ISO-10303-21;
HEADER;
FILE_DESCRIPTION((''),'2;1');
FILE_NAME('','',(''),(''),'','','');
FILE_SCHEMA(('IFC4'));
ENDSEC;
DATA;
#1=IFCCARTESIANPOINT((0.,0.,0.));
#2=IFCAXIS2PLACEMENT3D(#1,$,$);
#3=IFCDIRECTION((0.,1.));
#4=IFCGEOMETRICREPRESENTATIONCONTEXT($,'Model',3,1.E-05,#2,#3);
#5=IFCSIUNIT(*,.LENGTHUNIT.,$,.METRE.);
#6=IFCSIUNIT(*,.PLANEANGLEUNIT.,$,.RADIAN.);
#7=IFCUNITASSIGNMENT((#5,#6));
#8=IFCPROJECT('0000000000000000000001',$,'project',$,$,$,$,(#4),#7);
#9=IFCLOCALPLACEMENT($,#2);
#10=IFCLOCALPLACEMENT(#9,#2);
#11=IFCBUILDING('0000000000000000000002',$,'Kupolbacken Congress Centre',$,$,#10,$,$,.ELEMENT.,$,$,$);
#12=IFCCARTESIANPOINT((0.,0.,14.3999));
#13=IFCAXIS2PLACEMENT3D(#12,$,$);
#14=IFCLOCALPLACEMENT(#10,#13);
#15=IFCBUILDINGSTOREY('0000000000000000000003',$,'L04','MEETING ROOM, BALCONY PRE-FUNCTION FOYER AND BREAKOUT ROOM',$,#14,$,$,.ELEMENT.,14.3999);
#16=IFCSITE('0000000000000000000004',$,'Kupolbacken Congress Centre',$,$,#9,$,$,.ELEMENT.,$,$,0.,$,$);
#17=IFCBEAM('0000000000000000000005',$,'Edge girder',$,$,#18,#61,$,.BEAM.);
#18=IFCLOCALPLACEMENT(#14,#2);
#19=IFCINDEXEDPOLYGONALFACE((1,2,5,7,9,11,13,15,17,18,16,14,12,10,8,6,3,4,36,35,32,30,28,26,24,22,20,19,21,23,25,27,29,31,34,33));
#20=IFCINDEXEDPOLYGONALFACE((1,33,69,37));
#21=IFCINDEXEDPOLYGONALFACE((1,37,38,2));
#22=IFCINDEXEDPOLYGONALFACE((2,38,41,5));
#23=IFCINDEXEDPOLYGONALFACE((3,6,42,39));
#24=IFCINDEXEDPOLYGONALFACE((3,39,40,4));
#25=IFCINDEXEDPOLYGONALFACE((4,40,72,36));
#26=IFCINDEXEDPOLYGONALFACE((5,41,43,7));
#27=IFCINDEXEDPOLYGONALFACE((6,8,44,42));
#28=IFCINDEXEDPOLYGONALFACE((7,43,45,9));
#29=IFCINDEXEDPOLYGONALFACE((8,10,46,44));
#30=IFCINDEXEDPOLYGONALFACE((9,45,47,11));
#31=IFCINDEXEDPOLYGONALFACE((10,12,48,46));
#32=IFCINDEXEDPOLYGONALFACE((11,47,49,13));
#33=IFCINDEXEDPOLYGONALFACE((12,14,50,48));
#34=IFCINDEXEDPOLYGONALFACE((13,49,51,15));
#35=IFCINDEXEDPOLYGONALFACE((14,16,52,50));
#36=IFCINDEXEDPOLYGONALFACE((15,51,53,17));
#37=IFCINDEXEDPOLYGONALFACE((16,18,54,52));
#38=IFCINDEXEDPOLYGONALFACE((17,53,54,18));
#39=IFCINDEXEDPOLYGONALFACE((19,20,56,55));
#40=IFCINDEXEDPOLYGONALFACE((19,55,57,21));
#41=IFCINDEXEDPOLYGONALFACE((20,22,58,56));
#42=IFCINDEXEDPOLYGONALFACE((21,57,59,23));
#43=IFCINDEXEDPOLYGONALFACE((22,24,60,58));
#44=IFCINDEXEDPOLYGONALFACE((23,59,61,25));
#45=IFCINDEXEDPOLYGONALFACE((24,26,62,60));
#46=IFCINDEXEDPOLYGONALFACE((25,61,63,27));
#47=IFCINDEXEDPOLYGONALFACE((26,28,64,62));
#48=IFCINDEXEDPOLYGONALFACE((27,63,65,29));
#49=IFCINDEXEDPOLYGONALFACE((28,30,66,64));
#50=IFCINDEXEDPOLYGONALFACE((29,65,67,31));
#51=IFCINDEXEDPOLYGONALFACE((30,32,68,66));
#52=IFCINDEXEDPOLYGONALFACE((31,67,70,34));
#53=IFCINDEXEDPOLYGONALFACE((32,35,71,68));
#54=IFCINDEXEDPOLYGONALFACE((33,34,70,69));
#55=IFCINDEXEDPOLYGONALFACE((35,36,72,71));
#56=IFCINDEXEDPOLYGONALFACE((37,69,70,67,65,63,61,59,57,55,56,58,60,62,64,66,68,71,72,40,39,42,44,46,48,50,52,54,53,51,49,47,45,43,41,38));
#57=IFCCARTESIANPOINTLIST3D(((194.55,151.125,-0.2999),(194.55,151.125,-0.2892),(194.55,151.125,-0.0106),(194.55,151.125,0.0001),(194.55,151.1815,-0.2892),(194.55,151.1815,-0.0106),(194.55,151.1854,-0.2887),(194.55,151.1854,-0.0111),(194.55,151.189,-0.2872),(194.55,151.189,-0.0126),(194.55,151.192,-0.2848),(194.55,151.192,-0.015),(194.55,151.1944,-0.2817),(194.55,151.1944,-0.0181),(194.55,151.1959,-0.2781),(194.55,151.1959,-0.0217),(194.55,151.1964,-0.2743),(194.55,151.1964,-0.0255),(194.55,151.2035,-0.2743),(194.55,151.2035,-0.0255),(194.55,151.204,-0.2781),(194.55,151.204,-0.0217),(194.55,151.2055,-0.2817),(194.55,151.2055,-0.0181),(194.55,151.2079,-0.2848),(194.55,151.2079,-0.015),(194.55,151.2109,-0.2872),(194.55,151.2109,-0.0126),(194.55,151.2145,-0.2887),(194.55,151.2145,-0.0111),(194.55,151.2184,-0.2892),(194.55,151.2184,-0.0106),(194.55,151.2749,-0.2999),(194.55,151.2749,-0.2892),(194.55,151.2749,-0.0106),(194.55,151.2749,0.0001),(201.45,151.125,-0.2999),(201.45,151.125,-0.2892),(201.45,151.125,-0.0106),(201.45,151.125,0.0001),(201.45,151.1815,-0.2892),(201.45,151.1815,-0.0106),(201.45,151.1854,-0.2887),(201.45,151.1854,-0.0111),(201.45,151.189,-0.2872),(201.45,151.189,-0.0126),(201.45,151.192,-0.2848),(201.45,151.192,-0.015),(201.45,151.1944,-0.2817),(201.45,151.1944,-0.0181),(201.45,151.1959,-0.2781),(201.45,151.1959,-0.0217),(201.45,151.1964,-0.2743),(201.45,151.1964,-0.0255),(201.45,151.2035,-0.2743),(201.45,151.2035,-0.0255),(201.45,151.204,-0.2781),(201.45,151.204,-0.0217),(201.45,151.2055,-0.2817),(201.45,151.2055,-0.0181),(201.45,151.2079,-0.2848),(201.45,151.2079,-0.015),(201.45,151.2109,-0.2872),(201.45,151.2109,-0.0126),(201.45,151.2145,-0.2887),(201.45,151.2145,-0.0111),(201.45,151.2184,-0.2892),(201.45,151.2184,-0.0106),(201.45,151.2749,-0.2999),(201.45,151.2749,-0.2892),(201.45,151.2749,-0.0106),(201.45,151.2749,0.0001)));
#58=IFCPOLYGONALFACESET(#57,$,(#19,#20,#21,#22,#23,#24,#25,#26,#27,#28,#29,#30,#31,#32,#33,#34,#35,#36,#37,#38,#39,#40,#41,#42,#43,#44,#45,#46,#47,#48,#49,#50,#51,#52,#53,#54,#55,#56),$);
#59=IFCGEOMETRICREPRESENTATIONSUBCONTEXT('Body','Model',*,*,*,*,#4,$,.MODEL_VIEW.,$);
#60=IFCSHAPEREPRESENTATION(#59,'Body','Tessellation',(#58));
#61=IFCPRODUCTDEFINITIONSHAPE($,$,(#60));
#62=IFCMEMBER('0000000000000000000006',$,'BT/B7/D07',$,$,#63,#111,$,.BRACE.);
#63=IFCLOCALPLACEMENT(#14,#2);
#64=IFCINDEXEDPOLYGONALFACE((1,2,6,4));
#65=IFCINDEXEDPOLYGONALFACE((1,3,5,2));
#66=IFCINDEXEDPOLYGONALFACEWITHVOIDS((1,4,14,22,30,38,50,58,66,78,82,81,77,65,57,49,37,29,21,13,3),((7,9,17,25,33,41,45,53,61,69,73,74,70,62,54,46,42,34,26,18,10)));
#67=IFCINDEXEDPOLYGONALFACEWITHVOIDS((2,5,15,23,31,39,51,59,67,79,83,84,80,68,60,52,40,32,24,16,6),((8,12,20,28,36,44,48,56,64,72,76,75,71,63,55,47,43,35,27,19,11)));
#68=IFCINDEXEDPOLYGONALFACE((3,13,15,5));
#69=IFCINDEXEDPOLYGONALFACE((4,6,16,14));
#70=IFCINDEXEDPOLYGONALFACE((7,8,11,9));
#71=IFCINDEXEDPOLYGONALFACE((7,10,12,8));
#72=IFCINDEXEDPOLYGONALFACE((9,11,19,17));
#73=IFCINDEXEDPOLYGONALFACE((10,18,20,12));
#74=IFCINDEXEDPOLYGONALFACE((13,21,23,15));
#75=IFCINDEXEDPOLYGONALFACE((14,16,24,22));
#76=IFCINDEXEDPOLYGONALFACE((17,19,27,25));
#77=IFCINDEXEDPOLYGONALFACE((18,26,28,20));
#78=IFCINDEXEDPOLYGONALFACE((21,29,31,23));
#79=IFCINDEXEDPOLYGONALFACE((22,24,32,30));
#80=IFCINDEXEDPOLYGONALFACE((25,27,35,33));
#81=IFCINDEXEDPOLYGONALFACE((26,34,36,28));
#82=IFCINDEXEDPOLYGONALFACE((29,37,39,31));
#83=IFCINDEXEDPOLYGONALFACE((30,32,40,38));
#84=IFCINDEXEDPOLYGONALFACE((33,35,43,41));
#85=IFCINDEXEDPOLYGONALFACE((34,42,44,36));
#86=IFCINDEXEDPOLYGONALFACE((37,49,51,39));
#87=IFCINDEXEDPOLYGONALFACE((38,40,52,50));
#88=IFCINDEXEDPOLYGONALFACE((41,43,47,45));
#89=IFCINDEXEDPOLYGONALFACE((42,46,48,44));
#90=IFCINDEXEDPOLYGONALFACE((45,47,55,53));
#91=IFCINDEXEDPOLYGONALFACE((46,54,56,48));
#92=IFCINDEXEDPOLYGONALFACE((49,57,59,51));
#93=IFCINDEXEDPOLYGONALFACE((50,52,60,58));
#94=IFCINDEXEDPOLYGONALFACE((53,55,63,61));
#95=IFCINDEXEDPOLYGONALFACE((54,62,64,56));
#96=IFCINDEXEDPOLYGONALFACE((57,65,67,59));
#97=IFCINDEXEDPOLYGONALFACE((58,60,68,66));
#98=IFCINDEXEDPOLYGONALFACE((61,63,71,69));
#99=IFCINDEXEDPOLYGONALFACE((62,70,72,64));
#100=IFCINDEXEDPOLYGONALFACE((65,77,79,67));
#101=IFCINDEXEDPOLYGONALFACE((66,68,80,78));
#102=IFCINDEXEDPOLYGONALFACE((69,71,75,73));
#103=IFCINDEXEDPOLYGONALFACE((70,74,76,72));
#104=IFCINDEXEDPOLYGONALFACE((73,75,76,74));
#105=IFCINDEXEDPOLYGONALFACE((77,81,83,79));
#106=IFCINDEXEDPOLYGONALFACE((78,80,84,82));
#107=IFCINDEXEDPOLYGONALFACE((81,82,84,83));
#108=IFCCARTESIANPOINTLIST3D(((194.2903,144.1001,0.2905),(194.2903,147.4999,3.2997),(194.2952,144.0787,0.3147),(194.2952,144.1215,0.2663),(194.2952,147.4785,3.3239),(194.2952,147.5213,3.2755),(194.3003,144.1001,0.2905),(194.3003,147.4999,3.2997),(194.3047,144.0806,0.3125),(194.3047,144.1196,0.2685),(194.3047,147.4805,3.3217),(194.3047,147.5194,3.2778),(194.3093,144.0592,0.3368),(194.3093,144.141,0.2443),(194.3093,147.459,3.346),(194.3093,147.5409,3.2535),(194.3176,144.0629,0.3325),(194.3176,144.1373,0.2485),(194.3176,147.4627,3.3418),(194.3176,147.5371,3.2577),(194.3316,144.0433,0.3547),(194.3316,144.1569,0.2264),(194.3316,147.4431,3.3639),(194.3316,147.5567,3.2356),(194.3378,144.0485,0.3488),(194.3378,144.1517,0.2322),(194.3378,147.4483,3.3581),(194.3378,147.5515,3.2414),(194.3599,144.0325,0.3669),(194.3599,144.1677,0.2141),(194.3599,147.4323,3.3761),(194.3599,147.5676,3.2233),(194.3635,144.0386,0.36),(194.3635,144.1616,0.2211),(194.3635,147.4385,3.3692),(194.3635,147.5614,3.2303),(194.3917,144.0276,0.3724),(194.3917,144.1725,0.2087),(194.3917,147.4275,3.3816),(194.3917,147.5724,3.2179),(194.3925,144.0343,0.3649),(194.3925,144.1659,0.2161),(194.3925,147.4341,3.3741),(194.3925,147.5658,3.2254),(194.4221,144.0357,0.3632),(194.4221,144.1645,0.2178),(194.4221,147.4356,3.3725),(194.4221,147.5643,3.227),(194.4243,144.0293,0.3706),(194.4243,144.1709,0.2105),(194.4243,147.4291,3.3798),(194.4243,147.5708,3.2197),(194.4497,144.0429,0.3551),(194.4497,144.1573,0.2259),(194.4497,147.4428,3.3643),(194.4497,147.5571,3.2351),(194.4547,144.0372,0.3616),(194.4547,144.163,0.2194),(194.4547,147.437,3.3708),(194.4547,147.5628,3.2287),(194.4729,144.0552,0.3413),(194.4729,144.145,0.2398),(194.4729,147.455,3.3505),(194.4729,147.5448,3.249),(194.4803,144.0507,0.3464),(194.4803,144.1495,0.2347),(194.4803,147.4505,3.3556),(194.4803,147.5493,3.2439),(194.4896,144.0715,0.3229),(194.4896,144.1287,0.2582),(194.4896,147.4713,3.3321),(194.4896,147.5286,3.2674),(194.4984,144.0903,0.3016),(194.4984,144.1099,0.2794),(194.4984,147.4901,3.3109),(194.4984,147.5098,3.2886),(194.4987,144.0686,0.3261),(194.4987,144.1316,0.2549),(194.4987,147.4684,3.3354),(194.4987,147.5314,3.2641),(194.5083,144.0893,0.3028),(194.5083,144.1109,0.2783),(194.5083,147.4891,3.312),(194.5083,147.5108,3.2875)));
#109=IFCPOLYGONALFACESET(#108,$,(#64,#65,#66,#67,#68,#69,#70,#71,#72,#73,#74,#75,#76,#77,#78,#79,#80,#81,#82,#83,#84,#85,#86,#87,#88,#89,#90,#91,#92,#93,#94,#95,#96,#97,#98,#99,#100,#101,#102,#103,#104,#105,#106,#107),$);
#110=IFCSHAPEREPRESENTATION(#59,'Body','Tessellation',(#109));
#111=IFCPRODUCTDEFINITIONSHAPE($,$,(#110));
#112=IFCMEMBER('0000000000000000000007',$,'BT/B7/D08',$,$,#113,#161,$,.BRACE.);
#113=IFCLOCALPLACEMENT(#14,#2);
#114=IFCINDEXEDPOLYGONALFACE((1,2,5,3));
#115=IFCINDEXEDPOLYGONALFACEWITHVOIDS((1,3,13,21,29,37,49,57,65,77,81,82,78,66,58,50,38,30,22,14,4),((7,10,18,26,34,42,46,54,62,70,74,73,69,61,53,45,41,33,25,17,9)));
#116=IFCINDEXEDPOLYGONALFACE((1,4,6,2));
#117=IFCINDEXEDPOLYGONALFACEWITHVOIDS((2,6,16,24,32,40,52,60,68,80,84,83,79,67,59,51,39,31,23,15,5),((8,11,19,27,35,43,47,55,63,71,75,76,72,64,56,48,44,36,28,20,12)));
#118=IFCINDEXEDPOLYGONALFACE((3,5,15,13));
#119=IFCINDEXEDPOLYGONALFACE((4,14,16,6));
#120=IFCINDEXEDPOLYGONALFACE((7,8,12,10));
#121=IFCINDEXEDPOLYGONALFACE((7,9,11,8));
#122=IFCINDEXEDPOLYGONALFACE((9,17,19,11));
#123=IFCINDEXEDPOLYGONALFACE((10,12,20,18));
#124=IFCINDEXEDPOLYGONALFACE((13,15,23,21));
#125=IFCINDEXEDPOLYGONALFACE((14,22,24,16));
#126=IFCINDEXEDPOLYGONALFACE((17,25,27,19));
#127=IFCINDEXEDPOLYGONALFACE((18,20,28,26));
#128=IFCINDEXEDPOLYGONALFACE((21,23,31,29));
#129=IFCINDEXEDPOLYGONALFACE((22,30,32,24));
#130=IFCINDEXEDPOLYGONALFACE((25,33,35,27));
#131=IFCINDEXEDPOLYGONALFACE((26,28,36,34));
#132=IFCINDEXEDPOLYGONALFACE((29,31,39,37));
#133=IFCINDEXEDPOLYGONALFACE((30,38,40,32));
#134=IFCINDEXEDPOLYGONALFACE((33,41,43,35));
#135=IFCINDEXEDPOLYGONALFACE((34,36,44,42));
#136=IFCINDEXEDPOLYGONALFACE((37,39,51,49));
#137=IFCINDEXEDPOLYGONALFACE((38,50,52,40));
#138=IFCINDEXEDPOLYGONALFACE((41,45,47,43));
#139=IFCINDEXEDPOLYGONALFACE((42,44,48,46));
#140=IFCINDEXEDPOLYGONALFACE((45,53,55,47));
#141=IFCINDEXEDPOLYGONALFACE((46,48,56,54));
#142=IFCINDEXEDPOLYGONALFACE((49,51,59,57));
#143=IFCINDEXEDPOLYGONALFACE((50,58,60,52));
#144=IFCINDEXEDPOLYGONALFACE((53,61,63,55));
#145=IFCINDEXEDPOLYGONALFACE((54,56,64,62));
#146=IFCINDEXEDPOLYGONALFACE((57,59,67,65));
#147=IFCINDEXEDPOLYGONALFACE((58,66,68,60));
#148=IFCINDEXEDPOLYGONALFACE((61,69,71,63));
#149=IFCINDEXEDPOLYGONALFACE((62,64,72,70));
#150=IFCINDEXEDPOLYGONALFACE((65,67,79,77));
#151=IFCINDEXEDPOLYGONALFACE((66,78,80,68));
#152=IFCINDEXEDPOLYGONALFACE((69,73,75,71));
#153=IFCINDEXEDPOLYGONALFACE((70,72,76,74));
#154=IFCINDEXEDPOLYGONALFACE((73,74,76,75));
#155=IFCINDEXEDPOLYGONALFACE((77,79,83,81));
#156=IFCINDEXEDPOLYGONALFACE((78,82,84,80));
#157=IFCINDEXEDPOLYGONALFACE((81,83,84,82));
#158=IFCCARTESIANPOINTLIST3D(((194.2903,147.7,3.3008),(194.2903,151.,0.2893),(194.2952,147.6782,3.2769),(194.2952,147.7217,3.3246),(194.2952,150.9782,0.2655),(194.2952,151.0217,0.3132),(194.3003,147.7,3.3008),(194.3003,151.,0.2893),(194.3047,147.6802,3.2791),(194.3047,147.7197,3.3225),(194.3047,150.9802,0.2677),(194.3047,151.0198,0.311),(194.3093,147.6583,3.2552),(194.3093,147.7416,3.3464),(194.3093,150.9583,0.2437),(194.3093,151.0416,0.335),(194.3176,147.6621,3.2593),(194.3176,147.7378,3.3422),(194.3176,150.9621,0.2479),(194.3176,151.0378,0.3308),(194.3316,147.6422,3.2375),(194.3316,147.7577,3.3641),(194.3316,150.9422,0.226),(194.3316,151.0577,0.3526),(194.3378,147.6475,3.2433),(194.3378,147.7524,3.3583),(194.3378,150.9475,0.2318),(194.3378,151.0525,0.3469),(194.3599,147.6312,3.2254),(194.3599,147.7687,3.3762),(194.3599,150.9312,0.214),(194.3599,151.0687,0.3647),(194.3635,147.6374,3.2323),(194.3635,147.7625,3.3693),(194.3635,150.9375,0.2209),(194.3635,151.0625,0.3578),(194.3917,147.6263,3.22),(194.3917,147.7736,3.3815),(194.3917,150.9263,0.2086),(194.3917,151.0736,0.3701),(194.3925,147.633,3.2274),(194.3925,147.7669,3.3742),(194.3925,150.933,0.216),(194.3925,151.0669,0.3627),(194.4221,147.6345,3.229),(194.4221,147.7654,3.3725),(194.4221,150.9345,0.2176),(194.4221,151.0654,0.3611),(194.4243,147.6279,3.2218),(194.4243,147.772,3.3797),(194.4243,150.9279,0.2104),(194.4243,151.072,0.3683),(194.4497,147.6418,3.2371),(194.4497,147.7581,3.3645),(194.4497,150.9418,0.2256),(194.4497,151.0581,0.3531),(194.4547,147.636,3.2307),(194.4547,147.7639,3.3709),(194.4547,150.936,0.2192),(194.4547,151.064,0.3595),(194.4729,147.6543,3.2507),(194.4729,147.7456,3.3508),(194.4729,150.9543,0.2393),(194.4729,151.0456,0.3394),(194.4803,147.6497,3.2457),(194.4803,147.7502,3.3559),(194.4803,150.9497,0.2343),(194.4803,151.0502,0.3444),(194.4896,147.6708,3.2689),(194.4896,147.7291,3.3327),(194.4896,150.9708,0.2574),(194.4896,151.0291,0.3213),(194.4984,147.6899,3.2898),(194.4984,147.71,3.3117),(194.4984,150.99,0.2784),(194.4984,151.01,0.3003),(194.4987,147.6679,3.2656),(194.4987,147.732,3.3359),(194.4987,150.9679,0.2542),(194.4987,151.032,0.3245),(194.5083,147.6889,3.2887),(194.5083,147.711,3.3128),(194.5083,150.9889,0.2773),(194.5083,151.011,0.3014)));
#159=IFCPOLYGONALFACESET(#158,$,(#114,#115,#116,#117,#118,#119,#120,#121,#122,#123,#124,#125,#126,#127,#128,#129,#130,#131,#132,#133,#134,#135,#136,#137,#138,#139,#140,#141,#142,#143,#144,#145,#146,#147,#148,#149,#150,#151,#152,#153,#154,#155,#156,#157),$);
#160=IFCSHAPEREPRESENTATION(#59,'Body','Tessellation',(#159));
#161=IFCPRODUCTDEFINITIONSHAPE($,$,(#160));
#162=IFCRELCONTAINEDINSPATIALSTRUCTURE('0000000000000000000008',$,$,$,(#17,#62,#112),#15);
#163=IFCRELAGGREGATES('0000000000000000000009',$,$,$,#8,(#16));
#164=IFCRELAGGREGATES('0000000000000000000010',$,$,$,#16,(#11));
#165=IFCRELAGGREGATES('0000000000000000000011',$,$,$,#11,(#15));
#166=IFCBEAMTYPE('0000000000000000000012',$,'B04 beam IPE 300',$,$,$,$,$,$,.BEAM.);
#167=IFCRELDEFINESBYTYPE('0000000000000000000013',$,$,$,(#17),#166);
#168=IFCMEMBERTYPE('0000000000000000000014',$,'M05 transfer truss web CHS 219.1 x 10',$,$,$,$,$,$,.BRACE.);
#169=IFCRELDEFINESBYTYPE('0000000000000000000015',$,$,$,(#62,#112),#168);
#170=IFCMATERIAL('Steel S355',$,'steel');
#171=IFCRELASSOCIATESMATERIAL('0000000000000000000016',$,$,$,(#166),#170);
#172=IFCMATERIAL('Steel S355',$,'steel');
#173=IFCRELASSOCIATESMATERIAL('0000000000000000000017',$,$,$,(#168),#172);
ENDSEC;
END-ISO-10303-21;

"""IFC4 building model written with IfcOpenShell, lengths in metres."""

from ifc_helpers import new_model, si_unit, direction, frame, origin, origin_2d, place, context, subcontext, project, spatial, hollow_circle, i_section, extrude, material, material_profile, profile_set, type_object, element, save


model = new_model("IFC4")

# Units and contexts
model_context = context("Model", 3, precision=1e-05, world=origin(), true_north=direction((0.0, 1.0)))
body_context = subcontext(model_context, "Body", "Model", "MODEL_VIEW")
ifc_project = project(units=[si_unit("LENGTHUNIT", "METRE"), si_unit("PLANEANGLEUNIT", "RADIAN")], contexts=[model_context])

# Site, building, storey
site_placement = place(None, origin())
site = spatial("IfcSite", under=ifc_project, at=site_placement, Name="Kupolbacken Congress Centre", CompositionType="ELEMENT", RefElevation=0.0)
building_placement = place(site_placement, origin())
building = spatial("IfcBuilding", under=site, at=building_placement, Name="Kupolbacken Congress Centre", CompositionType="ELEMENT")
storey_placement = place(building_placement, frame((0.0, 0.0, 14.3999)))
storey = spatial("IfcBuildingStorey", under=building, at=storey_placement, Name="L04", Description="MEETING ROOM, BALCONY PRE-FUNCTION FOYER AND BREAKOUT ROOM", CompositionType="ELEMENT", Elevation=14.3999)

# Beam
ifc_material_1 = material(Name="Steel S355", Category="steel")
ifc_material_profile_1 = material_profile(ifc_material_1, i_section(OverallWidth=0.1499, OverallDepth=0.3, WebThickness=0.0071, FlangeThickness=0.0107, FilletRadius=0.0149, at=origin_2d()), Name="IPE 300")
ifc_profile_set_1 = profile_set([ifc_material_profile_1], Name="Steel S355")
beam_type = type_object("IfcBeamType", Name="B04 beam IPE 300", PredefinedType="BEAM", material=ifc_profile_set_1)
beam_placement = place(storey_placement, frame((194.55, 151.2, -0.1499), z_axis=(1.0, 0.0, 0.0), x_axis=(0.0, 1.0, 0.0)))
element("IfcBeam", 1, at=beam_placement, inside=storey, type_object=beam_type, Name="Edge girder", PredefinedType="BEAM", context=body_context, shape_type="SweptSolid", body=[
    extrude(i_section(OverallWidth=0.1499, OverallDepth=0.3, WebThickness=0.0071, FlangeThickness=0.0107, FilletRadius=0.0149, at=origin_2d()), origin(), (0.0, 0.0, 1.0), 6.8999),
])

# Members
ifc_material_2 = material(Name="Steel S355", Category="steel")
ifc_material_profile_2 = material_profile(ifc_material_2, hollow_circle(Radius=0.1096, WallThickness=0.01, at=origin_2d()), Name="CHS 219.1 x 10")
ifc_profile_set_2 = profile_set([ifc_material_profile_2], Name="Steel S355")
member_type_1 = type_object("IfcMemberType", Name="M05 transfer truss web CHS 219.1 x 10", PredefinedType="BRACE", material=ifc_profile_set_2)
member_1_placement = place(storey_placement, frame((194.3999, 144.1001, 0.2905), z_axis=(0.0, 0.748814, 0.66278), x_axis=(-1.0, 0.0, 0.0)))
element("IfcMember", 2, at=member_1_placement, inside=storey, type_object=member_type_1, Name="BT/B7/D07", PredefinedType="BRACE", context=body_context, shape_type="SweptSolid", body=[
    extrude(hollow_circle(Radius=0.1096, WallThickness=0.01, at=origin_2d()), origin(), (0.0, 0.0, 1.0), 4.5403),
])
member_2_placement = place(storey_placement, frame((194.3999, 147.7, 3.3008), z_axis=(0.0, 0.738665, -0.674072), x_axis=(-1.0, 0.0, 0.0)))
element("IfcMember", 3, at=member_2_placement, inside=storey, type_object=member_type_1, Name="BT/B7/D08", PredefinedType="BRACE", context=body_context, shape_type="SweptSolid", body=[
    extrude(hollow_circle(Radius=0.1096, WallThickness=0.01, at=origin_2d()), origin(), (0.0, 0.0, 1.0), 4.4675),
])

save(model, "model.ifc")
